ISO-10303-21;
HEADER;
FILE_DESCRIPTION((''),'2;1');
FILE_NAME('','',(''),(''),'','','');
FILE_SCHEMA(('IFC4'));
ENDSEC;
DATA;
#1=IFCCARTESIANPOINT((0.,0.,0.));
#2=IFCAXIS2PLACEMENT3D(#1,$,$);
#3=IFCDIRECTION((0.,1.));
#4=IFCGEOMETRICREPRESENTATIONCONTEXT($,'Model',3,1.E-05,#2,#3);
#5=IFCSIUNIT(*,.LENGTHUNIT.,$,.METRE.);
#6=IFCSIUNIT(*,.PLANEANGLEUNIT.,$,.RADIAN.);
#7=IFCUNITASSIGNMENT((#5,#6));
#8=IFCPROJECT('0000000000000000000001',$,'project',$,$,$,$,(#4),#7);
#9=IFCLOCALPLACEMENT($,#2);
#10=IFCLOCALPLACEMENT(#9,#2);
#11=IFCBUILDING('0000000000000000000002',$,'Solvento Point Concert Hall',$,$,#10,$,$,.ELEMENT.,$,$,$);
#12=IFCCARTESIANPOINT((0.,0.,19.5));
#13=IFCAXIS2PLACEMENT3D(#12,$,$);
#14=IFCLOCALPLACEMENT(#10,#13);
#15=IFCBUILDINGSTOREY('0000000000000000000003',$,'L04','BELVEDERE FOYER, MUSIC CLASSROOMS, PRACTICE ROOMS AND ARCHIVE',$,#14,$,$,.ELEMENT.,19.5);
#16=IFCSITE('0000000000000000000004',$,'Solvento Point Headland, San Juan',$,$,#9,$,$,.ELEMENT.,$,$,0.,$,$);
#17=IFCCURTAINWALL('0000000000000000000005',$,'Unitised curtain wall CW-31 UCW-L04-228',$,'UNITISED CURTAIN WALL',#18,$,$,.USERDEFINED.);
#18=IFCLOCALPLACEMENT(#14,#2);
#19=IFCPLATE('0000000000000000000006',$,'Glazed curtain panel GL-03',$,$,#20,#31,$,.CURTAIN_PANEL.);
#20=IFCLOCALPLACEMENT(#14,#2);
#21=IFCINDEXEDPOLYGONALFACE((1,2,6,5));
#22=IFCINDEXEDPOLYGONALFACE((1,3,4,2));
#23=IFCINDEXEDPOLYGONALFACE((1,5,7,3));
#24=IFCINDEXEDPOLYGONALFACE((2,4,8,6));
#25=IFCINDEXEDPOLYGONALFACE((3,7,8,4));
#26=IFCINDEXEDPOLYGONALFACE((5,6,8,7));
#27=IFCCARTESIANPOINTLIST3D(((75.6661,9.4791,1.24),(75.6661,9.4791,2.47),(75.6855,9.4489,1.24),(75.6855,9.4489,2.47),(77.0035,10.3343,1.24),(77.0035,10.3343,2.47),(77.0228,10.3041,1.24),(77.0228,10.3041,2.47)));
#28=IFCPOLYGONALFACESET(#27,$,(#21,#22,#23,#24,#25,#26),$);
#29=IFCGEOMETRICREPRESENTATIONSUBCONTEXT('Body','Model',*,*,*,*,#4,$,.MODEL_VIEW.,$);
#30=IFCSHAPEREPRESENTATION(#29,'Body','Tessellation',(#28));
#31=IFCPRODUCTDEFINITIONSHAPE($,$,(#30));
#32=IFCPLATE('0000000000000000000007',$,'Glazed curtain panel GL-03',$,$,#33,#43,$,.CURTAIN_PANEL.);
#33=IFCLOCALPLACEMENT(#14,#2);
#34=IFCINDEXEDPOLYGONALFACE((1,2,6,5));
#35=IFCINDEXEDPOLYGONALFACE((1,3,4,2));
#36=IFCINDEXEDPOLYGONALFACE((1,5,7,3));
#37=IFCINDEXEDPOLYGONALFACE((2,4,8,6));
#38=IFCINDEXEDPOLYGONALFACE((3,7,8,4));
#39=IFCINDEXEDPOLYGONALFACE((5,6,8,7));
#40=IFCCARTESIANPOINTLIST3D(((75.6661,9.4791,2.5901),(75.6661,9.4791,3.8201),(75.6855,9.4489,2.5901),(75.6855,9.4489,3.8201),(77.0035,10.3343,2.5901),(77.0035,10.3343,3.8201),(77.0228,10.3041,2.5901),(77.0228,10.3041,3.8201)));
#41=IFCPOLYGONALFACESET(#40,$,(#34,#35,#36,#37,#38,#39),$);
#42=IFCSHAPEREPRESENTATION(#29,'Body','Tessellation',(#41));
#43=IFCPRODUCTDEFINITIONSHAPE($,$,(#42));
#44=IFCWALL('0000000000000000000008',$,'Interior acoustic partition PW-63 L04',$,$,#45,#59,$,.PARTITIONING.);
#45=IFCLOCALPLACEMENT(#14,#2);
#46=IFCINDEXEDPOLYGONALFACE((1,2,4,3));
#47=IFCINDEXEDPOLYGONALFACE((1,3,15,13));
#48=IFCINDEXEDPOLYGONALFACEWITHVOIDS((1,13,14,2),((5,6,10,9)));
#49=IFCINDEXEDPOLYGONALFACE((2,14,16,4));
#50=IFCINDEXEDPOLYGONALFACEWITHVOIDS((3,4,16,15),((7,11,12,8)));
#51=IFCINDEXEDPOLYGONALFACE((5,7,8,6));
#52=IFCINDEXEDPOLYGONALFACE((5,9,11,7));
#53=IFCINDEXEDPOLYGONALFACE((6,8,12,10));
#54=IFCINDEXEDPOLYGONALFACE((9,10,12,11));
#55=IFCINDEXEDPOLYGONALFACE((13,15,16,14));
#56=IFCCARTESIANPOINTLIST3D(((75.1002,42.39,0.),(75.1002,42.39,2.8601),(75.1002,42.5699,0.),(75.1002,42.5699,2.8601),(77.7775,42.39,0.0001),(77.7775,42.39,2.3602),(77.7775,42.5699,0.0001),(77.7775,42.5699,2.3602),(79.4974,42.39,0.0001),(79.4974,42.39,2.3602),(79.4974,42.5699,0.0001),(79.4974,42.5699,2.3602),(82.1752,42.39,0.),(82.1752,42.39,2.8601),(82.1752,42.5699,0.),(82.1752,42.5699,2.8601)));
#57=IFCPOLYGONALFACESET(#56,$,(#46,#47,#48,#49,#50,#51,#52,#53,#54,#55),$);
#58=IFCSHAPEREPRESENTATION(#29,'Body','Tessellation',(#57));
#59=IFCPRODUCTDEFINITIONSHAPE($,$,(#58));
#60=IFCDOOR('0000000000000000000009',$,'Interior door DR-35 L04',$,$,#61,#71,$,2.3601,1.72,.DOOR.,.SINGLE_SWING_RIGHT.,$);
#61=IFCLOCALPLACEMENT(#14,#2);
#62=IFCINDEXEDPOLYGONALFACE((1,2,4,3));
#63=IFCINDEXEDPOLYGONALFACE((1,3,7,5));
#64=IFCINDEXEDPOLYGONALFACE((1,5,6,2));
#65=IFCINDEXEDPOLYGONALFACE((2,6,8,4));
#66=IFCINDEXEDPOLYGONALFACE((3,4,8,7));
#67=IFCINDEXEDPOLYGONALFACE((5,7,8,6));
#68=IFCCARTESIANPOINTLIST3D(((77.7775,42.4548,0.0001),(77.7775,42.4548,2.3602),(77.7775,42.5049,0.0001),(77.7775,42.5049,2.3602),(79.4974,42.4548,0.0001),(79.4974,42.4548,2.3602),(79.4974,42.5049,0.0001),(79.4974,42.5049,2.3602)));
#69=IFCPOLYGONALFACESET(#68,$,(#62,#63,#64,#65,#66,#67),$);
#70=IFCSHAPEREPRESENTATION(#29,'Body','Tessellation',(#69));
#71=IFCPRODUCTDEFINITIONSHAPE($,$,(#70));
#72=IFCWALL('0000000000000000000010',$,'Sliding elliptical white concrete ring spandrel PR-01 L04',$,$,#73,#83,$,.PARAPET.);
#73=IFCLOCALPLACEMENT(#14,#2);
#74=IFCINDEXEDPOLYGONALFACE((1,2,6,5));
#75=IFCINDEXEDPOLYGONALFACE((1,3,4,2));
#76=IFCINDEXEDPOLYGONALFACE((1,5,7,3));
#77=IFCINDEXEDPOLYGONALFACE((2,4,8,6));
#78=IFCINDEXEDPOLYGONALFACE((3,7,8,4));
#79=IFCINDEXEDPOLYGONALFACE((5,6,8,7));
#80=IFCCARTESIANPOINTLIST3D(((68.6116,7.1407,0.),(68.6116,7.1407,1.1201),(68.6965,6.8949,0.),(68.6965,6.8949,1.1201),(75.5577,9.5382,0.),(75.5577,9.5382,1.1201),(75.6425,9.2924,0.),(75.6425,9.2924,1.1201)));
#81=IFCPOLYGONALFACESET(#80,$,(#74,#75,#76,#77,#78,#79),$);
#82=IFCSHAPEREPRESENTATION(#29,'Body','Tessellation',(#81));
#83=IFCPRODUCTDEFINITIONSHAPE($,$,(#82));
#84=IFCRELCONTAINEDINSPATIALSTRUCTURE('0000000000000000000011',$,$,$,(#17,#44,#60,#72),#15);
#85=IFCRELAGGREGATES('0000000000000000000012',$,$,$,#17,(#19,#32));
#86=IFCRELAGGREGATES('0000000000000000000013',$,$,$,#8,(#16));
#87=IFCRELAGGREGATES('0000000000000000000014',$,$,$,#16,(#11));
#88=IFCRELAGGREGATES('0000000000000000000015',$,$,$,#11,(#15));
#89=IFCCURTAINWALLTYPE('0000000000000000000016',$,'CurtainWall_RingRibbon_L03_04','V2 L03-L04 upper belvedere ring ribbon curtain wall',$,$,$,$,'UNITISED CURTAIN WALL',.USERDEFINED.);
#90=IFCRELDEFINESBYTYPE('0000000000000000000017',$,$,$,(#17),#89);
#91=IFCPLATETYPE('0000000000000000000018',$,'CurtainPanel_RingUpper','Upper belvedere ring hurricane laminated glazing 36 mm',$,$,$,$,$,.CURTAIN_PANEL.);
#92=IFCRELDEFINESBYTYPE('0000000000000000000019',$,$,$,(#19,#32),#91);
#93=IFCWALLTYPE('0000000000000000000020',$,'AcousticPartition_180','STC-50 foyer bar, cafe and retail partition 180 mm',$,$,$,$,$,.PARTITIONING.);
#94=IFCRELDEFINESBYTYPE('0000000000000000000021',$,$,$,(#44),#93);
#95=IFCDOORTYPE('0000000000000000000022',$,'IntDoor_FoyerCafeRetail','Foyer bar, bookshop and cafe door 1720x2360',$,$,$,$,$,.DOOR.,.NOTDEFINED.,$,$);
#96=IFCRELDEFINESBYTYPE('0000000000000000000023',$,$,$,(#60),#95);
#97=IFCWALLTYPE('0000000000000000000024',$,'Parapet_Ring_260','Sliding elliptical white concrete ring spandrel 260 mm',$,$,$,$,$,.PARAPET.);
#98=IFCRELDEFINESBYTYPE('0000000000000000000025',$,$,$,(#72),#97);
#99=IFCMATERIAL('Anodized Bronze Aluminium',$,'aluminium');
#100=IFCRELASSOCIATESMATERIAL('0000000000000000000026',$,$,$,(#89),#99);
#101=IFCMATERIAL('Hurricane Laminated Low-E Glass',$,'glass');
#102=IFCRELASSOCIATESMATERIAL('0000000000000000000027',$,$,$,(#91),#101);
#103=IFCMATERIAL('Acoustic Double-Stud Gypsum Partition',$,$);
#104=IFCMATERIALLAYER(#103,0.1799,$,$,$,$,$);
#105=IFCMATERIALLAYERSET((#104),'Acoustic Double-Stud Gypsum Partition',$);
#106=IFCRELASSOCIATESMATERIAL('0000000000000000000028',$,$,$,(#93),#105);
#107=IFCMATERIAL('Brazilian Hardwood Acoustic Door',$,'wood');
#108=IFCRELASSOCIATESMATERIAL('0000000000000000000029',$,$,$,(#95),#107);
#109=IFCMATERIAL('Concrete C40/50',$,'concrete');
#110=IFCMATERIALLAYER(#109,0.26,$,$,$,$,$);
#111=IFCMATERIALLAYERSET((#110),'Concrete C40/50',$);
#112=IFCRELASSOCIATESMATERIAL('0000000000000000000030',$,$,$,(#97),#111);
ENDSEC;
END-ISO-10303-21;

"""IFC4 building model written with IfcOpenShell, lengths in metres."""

from ifc_helpers import new_model, si_unit, direction, frame, frame_2d, origin, origin_2d, place, context, subcontext, project, spatial, rectangle, extrude, material, layer, layer_set, type_object, element, fill, aggregate, save


model = new_model("IFC4")

# Units and contexts
model_context = context("Model", 3, precision=1e-05, world=origin(), true_north=direction((0.0, 1.0)))
body_context = subcontext(model_context, "Body", "Model", "MODEL_VIEW")
ifc_project = project(units=[si_unit("LENGTHUNIT", "METRE"), si_unit("PLANEANGLEUNIT", "RADIAN")], contexts=[model_context])

# Site, building, storey
site_placement = place(None, origin())
site = spatial("IfcSite", under=ifc_project, at=site_placement, Name="Solvento Point Headland, San Juan", CompositionType="ELEMENT", RefElevation=0.0)
building_placement = place(site_placement, origin())
building = spatial("IfcBuilding", under=site, at=building_placement, Name="Solvento Point Concert Hall", CompositionType="ELEMENT")
storey_placement = place(building_placement, frame((0.0, 0.0, 19.5)))
storey = spatial("IfcBuildingStorey", under=building, at=storey_placement, Name="L04", Description="BELVEDERE FOYER, MUSIC CLASSROOMS, PRACTICE ROOMS AND ARCHIVE", CompositionType="ELEMENT", Elevation=19.5)

# Curtain wall
ifc_material_1 = material(Name="Anodized Bronze Aluminium", Category="aluminium")
curtain_wall_type = type_object("IfcCurtainWallType", Name="CurtainWall_RingRibbon_L03_04", Description="V2 L03-L04 upper belvedere ring ribbon curtain wall", ElementType="UNITISED CURTAIN WALL", PredefinedType="USERDEFINED", material=ifc_material_1)
curtain_wall_1_placement = place(storey_placement, origin())
curtain_wall_1 = element("IfcCurtainWall", 1, at=curtain_wall_1_placement, inside=storey, type_object=curtain_wall_type, Name="Unitised curtain wall CW-31 UCW-L04-228", ObjectType="UNITISED CURTAIN WALL", PredefinedType="USERDEFINED")

# Plates
ifc_material_2 = material(Name="Hurricane Laminated Low-E Glass", Category="glass")
plate_type = type_object("IfcPlateType", Name="CurtainPanel_RingUpper", Description="Upper belvedere ring hurricane laminated glazing 36 mm", PredefinedType="CURTAIN_PANEL", material=ifc_material_2)
plate_1_placement = place(storey_placement, frame((76.3445, 9.8916, 1.24), z_axis=(0.0, 0.0, 1.0), x_axis=(-0.84249, -0.538712, 0.0)))
plate_1 = element("IfcPlate", 2, at=plate_1_placement, type_object=plate_type, Name="Glazed curtain panel GL-03", PredefinedType="CURTAIN_PANEL", context=body_context, shape_type="SweptSolid", body=[
    extrude(rectangle(XDim=1.5874, YDim=0.0359, at=origin_2d()), origin(), (0.0, 0.0, 1.0), 1.23),
])
plate_2_placement = place(storey_placement, frame((76.3445, 9.8916, 2.5901), z_axis=(0.0, 0.0, 1.0), x_axis=(-0.84249, -0.538712, 0.0)))
plate_2 = element("IfcPlate", 3, at=plate_2_placement, type_object=plate_type, Name="Glazed curtain panel GL-03", PredefinedType="CURTAIN_PANEL", context=body_context, shape_type="SweptSolid", body=[
    extrude(rectangle(XDim=1.5874, YDim=0.0359, at=origin_2d()), origin(), (0.0, 0.0, 1.0), 1.23),
])
aggregate(curtain_wall_1, [plate_1, plate_2])

# Wall, opening, door
ifc_material_3 = material(Name="Acoustic Double-Stud Gypsum Partition")
ifc_layer_1 = layer(ifc_material_3, 0.1799)
ifc_layer_set_1 = layer_set([ifc_layer_1], Name="Acoustic Double-Stud Gypsum Partition")
wall_type_1 = type_object("IfcWallType", Name="AcousticPartition_180", Description="STC-50 foyer bar, cafe and retail partition 180 mm", PredefinedType="PARTITIONING", material=ifc_layer_set_1)
wall_1_placement = place(storey_placement, frame((75.1001, 42.48, 0.0), z_axis=(0.0, 0.0, 1.0), x_axis=(1.0, 0.0, 0.0)))
wall_1 = element("IfcWall", 4, at=wall_1_placement, inside=storey, type_object=wall_type_1, Name="Interior acoustic partition PW-63 L04", PredefinedType="PARTITIONING", context=body_context, shape_type="SweptSolid", body=[
    extrude(rectangle(XDim=7.075, YDim=0.1799, at=frame_2d((3.5376, 0.0))), origin(), (0.0, 0.0, 1.0), 2.8601),
])
opening_placement = place(wall_1_placement, frame((2.6775, 0.0, 0.0)))
opening = element("IfcOpeningElement", 5, at=opening_placement, cuts=wall_1, PredefinedType="OPENING", context=body_context, shape_type="SweptSolid", body=[
    extrude(rectangle(XDim=1.72, YDim=2.3601, at=frame_2d((0.8599, 1.1802))), frame((0.0, 0.0999, 0.0), z_axis=(0.0, -1.0, 0.0), x_axis=(1.0, 0.0, 0.0)), (0.0, 0.0, 1.0), 0.2),
])
ifc_material_4 = material(Name="Brazilian Hardwood Acoustic Door", Category="wood")
door_type = type_object("IfcDoorType", Name="IntDoor_FoyerCafeRetail", Description="Foyer bar, bookshop and cafe door 1720x2360", OperationType="NOTDEFINED", PredefinedType="DOOR", material=ifc_material_4)
door_placement = place(opening_placement, origin())
door = element("IfcDoor", 6, at=door_placement, inside=storey, type_object=door_type, Name="Interior door DR-35 L04", OperationType="SINGLE_SWING_RIGHT", OverallHeight=2.3601, OverallWidth=1.72, PredefinedType="DOOR", context=body_context, shape_type="SweptSolid", body=[
    extrude(rectangle(XDim=1.72, YDim=2.3601, at=frame_2d((0.8599, 1.1802))), frame((0.0, 0.0249, 0.0), z_axis=(0.0, -1.0, 0.0), x_axis=(1.0, 0.0, 0.0)), (0.0, 0.0, 1.0), 0.05),
])
fill(opening, door)

# Wall
ifc_material_5 = material(Name="Concrete C40/50", Category="concrete")
ifc_layer_2 = layer(ifc_material_5, 0.26)
ifc_layer_set_2 = layer_set([ifc_layer_2], Name="Concrete C40/50")
wall_type_2 = type_object("IfcWallType", Name="Parapet_Ring_260", Description="Sliding elliptical white concrete ring spandrel 260 mm", PredefinedType="PARAPET", material=ifc_layer_set_2)
wall_2_placement = place(storey_placement, frame((75.6001, 9.4153, 0.0), z_axis=(0.0, 0.0, 1.0), x_axis=(-0.945278, -0.326267, 0.0)))
element("IfcWall", 7, at=wall_2_placement, inside=storey, type_object=wall_type_2, Name="Sliding elliptical white concrete ring spandrel PR-01 L04", PredefinedType="PARAPET", context=body_context, shape_type="SweptSolid", body=[
    extrude(rectangle(XDim=7.3481, YDim=0.26, at=frame_2d((3.6741, 0.0))), origin(), (0.0, 0.0, 1.0), 1.1201),
])

save(model, "model.ifc")
